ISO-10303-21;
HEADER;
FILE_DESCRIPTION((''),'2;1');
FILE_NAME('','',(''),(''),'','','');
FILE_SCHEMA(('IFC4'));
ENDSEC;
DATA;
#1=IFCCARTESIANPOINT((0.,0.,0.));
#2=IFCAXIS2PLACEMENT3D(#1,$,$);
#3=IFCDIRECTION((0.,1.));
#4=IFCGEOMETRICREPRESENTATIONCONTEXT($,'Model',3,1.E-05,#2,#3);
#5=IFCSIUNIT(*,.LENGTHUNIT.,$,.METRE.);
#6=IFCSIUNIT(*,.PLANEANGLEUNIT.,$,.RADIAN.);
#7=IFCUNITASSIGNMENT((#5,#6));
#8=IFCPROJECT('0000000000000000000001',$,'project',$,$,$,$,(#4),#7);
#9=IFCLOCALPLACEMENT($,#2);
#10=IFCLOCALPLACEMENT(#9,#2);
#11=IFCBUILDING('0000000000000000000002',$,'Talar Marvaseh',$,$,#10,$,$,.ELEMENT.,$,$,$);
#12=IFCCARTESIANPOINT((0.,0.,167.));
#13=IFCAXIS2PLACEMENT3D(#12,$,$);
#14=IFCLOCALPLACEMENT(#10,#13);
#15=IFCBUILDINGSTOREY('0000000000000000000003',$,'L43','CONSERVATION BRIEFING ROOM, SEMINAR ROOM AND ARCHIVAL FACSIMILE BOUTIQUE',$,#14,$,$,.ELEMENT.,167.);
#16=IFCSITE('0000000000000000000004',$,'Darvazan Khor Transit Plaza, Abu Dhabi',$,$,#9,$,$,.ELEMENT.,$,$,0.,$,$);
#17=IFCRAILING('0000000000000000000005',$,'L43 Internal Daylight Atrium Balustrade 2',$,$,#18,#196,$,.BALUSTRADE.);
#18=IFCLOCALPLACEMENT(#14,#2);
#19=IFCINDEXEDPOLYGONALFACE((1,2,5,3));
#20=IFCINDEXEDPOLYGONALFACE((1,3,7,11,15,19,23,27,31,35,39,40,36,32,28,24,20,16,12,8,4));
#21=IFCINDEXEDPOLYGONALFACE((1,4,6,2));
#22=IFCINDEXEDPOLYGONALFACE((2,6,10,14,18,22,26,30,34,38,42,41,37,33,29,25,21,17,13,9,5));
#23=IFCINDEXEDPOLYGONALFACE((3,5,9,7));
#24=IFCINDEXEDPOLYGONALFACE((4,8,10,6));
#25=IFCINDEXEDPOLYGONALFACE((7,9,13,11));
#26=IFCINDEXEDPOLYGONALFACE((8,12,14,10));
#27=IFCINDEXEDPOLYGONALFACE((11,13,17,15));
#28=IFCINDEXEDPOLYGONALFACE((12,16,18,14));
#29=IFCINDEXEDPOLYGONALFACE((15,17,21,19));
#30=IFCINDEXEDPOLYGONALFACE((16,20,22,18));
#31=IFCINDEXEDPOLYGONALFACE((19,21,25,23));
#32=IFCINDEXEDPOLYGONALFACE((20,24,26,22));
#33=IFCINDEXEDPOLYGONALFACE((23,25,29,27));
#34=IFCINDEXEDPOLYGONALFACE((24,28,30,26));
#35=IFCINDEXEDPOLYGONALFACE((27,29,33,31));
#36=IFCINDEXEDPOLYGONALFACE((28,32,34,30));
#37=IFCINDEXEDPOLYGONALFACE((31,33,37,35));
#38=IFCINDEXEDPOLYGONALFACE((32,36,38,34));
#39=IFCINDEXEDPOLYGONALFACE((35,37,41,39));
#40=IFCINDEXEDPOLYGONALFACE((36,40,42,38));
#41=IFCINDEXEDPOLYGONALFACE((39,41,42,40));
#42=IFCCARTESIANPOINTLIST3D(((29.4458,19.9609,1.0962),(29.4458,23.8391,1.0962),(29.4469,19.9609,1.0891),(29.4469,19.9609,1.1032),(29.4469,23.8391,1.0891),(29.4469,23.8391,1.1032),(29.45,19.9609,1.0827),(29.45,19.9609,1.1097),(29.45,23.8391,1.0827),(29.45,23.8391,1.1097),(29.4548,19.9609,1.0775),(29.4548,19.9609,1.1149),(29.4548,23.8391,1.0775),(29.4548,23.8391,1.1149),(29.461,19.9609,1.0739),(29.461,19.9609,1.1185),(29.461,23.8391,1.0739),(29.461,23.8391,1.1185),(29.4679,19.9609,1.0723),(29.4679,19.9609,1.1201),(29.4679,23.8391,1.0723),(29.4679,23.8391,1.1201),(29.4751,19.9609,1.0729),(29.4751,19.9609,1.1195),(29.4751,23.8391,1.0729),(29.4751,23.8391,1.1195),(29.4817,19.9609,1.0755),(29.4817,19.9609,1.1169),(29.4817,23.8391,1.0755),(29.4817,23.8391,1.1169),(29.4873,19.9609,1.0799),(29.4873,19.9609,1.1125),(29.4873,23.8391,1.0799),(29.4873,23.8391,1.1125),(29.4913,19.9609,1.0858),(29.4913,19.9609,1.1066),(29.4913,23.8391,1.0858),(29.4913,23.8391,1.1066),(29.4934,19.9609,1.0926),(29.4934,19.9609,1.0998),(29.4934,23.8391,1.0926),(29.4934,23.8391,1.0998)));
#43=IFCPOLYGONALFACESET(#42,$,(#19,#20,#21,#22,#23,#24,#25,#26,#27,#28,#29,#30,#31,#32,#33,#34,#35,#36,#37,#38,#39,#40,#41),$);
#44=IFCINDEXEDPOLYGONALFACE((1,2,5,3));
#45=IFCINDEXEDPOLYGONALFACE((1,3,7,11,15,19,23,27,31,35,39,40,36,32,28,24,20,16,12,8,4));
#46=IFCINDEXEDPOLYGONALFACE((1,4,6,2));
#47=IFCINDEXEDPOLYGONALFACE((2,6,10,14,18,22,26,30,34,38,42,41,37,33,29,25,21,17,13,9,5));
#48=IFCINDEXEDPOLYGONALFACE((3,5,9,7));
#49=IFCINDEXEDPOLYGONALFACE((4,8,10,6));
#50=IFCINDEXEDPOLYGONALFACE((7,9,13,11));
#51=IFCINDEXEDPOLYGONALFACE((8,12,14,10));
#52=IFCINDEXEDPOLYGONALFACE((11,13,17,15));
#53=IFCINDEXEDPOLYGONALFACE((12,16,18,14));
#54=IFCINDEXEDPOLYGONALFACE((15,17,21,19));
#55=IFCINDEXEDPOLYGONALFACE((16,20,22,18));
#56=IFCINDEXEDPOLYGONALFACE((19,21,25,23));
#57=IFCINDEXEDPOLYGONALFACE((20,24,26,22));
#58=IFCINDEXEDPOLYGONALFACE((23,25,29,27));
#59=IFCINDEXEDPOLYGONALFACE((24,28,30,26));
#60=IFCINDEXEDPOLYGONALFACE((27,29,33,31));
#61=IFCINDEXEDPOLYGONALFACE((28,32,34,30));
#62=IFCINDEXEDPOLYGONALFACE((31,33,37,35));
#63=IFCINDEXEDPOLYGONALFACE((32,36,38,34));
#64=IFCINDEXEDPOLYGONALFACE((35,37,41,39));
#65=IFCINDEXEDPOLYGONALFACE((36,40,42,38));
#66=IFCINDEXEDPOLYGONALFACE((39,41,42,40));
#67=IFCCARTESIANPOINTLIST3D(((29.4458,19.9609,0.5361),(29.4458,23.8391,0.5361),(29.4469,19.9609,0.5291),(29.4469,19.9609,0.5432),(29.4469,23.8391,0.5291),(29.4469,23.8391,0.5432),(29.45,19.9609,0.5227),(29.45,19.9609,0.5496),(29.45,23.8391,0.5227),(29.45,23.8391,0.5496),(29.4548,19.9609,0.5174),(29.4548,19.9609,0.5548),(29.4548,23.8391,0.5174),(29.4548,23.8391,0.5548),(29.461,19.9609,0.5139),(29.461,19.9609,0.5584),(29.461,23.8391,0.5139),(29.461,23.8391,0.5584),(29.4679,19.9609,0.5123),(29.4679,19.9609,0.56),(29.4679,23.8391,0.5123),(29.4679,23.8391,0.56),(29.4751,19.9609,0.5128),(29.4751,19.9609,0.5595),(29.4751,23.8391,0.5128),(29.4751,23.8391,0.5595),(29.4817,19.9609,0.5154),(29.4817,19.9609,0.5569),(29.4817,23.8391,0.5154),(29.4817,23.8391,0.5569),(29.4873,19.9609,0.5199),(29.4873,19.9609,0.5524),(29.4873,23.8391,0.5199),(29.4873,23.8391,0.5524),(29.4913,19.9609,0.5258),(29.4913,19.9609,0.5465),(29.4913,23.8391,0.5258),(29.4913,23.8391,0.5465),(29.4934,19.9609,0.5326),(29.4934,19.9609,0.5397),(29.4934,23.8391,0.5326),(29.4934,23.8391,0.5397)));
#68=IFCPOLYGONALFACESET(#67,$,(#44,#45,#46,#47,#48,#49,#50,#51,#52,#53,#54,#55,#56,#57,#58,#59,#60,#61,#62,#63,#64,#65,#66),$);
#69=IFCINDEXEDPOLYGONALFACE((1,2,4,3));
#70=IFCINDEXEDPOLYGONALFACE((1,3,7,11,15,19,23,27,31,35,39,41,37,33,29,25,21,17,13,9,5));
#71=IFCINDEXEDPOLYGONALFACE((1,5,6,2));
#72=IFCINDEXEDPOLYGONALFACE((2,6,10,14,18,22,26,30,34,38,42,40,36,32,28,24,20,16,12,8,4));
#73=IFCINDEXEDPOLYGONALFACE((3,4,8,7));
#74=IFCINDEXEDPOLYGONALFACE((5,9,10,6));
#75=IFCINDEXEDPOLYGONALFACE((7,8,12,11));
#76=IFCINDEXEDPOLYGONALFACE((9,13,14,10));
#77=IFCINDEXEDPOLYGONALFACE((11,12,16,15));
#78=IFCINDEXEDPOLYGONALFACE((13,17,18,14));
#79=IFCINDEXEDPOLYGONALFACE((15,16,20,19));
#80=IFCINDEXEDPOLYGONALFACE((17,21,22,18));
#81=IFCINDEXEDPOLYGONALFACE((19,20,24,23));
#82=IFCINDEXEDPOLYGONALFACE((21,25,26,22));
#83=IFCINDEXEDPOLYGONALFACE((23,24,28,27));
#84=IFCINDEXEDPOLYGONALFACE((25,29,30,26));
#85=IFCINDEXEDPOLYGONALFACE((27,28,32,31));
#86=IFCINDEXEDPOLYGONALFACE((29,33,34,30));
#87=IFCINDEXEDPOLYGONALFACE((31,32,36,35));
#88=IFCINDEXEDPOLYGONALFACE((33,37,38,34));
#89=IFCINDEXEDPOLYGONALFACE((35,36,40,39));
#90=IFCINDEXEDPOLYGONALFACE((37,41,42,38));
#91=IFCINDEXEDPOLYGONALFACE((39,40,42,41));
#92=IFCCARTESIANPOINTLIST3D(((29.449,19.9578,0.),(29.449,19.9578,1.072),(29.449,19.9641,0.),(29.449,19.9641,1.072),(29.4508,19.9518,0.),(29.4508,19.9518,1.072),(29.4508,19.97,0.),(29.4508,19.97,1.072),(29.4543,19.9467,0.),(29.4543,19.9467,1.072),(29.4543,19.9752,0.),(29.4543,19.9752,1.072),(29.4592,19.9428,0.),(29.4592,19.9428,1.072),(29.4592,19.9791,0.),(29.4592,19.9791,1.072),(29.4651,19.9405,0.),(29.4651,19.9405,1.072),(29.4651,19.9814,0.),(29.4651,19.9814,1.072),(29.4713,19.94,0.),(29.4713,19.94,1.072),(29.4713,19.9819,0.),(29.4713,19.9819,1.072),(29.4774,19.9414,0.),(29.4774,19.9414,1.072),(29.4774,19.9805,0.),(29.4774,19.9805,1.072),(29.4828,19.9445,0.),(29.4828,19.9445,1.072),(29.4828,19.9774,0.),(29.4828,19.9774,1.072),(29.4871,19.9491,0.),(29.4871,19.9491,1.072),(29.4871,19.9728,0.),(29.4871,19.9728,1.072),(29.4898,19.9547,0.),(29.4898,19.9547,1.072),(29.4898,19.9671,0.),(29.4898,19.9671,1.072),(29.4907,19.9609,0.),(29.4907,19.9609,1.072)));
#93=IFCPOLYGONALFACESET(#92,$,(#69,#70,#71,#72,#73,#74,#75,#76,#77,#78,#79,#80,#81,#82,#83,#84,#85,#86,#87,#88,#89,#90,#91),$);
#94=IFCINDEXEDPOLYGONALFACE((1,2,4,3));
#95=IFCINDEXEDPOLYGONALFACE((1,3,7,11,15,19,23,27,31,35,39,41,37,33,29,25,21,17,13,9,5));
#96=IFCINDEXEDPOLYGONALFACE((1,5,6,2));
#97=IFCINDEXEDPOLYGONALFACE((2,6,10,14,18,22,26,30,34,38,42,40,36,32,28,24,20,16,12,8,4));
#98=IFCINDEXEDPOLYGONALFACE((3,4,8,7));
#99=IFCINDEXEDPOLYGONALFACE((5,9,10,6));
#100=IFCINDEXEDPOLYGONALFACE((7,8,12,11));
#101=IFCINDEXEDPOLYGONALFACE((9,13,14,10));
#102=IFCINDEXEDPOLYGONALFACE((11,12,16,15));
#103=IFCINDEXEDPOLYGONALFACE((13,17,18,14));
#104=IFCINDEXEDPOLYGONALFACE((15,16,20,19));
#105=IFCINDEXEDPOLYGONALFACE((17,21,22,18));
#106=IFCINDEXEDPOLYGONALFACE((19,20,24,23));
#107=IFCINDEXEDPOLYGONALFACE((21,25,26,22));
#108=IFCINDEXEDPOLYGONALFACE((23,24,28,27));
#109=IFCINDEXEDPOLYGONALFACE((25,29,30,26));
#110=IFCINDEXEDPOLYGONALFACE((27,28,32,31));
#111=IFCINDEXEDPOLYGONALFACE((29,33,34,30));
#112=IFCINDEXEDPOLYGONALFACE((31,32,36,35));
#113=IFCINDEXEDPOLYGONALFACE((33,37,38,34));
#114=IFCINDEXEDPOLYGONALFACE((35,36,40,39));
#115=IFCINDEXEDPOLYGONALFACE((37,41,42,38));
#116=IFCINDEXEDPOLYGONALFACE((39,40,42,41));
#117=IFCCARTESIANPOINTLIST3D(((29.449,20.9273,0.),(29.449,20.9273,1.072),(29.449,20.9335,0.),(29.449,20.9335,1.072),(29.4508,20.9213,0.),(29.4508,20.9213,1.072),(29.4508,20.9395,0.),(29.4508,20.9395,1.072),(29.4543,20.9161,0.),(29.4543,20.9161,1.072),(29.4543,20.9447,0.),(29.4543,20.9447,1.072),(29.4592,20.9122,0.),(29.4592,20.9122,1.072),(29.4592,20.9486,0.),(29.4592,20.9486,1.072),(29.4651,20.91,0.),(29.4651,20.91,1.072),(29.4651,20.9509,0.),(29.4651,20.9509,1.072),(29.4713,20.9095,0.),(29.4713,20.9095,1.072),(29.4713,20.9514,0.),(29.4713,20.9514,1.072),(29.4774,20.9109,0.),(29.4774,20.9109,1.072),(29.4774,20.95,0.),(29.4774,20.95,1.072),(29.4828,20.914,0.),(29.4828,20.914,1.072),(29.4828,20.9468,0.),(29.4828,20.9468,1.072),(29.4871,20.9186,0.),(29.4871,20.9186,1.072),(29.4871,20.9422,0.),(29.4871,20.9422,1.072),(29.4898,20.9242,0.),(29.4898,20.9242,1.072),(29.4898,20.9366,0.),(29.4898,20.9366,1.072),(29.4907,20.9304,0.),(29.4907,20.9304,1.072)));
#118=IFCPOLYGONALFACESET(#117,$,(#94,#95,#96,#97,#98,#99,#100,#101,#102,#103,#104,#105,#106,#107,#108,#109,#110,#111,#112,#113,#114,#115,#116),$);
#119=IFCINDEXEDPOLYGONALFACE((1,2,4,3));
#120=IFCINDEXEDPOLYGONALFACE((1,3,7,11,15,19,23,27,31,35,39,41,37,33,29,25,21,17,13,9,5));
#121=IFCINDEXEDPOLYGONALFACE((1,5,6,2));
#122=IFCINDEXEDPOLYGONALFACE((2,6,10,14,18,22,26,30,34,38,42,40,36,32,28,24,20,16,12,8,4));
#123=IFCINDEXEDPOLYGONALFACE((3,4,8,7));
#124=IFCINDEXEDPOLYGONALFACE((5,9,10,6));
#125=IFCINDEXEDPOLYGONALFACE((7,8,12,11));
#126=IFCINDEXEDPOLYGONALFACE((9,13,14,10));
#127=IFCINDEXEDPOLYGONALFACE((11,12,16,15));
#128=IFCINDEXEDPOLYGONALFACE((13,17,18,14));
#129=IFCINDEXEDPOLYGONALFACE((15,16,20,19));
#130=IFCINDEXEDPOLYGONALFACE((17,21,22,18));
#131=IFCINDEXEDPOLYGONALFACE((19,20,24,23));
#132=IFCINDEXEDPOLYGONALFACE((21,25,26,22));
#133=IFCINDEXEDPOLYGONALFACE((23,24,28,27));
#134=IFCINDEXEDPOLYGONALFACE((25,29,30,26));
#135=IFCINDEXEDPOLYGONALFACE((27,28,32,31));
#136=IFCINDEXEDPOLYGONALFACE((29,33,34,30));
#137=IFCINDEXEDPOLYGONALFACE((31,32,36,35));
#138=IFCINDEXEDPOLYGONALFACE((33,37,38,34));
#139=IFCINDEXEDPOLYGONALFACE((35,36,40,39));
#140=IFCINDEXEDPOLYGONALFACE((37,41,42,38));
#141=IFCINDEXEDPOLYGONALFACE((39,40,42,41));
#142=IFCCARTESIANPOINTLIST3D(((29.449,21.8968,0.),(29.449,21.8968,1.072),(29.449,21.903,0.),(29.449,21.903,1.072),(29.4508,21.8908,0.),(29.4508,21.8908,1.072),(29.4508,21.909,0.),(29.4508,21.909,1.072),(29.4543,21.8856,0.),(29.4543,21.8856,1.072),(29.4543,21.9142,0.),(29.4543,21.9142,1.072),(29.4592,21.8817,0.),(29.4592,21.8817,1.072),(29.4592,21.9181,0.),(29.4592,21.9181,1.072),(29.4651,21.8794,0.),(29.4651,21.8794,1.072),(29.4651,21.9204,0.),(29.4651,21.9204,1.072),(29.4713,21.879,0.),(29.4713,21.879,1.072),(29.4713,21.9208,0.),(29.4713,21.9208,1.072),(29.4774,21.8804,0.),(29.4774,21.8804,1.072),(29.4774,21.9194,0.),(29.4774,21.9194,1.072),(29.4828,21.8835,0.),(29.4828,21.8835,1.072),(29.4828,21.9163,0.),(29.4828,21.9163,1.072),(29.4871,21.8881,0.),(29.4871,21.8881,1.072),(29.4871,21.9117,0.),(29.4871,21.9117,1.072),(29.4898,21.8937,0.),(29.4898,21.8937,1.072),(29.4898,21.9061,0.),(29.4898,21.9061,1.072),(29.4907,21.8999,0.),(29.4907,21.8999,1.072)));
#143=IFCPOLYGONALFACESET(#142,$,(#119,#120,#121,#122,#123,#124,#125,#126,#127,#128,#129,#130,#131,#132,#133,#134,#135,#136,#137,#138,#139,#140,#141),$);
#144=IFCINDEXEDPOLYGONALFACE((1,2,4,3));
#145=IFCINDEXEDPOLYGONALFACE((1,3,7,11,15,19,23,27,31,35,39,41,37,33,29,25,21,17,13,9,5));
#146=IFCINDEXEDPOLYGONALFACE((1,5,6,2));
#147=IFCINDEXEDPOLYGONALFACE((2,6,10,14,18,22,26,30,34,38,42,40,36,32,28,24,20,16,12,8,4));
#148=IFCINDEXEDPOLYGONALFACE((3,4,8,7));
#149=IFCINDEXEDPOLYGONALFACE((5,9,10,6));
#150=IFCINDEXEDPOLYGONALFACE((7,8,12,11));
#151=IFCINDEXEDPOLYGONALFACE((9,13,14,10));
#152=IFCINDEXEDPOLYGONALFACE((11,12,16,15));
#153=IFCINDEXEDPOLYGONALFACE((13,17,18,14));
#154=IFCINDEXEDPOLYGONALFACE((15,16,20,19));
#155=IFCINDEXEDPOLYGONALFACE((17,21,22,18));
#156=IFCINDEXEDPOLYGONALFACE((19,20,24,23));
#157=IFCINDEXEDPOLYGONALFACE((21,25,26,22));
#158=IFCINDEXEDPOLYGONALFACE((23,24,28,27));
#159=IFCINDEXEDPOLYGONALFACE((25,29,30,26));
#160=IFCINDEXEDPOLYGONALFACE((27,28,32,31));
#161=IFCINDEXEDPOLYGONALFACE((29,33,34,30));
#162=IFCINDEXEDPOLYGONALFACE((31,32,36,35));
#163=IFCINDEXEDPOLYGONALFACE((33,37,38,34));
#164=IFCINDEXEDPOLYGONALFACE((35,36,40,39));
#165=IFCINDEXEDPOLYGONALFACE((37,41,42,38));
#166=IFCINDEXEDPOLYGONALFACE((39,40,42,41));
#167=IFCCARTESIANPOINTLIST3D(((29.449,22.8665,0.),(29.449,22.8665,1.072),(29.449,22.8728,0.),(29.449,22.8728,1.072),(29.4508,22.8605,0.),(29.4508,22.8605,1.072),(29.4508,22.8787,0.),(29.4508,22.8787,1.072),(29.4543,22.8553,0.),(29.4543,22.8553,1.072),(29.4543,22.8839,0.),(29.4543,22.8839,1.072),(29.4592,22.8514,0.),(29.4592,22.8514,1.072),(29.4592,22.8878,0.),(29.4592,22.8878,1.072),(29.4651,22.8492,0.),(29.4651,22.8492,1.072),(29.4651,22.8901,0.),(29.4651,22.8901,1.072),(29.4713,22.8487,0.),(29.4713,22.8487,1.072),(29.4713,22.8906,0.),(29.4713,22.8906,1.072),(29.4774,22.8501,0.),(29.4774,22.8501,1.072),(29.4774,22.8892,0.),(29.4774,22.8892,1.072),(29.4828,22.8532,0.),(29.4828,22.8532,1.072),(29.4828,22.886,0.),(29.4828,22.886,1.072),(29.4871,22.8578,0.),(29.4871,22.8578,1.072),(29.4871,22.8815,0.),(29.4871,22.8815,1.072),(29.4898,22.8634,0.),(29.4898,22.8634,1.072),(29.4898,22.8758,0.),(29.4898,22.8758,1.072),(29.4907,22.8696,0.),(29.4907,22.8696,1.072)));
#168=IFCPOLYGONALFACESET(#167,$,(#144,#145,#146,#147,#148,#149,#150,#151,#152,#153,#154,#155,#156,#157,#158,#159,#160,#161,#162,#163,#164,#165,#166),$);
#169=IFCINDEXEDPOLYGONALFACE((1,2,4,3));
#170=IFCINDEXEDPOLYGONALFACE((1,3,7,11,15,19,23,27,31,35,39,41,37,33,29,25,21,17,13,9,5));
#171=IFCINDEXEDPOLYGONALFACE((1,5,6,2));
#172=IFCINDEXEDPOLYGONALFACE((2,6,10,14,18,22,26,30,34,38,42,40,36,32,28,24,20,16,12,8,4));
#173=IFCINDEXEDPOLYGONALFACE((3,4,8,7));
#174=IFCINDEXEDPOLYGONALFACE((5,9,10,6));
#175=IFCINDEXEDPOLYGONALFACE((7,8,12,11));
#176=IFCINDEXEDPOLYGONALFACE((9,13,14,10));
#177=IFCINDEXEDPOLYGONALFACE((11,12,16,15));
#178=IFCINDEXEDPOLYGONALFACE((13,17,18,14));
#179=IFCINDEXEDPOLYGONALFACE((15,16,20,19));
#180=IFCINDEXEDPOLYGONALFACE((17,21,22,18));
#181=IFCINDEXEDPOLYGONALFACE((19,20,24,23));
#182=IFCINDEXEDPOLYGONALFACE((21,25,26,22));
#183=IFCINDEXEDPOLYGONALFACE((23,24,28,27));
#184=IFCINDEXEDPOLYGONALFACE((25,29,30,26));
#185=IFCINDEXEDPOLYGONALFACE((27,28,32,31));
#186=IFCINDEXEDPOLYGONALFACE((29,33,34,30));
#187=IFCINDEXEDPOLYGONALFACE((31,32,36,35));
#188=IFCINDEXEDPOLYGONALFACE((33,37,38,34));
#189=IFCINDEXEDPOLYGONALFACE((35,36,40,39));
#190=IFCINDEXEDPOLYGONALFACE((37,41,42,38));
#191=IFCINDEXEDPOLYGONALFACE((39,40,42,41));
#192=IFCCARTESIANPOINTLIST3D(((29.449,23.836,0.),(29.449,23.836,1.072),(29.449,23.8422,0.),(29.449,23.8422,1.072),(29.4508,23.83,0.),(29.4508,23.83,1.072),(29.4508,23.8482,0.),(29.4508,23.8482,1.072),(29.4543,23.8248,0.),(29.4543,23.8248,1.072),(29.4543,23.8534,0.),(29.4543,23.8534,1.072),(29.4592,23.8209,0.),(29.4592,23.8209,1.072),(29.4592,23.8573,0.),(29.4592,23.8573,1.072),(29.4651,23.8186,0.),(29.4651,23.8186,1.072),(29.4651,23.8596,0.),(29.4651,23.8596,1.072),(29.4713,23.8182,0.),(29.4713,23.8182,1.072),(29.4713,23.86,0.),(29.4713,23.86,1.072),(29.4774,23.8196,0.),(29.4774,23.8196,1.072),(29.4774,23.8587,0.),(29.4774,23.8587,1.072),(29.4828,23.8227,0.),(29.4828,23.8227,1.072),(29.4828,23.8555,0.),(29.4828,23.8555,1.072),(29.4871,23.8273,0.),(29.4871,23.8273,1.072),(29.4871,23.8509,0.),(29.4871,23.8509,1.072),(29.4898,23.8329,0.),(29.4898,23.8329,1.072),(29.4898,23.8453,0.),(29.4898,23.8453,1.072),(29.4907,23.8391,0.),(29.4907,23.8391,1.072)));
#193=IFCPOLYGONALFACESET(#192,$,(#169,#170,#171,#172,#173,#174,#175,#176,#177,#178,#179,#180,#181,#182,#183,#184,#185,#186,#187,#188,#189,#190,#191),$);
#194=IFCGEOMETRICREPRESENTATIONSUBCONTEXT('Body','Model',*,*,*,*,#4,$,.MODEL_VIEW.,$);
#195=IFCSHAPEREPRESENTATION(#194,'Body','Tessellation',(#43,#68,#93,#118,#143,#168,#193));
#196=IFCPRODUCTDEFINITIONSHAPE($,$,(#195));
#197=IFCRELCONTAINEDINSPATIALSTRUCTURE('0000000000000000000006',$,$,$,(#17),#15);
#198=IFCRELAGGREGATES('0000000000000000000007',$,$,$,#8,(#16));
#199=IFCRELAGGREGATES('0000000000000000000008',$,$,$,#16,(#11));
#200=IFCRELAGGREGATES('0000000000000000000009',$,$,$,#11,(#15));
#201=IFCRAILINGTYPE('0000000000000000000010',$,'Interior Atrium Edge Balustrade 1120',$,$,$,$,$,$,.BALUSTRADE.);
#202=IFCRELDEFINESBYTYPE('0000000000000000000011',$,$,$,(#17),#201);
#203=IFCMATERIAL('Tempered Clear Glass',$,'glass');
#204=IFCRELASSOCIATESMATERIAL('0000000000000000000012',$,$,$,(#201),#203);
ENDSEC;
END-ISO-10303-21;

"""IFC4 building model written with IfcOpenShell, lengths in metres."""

from ifc_helpers import new_model, si_unit, direction, frame, origin, origin_2d, place, context, subcontext, project, spatial, circle, extrude, material, type_object, element, save


model = new_model("IFC4")

# Units and contexts
model_context = context("Model", 3, precision=1e-05, world=origin(), true_north=direction((0.0, 1.0)))
body_context = subcontext(model_context, "Body", "Model", "MODEL_VIEW")
ifc_project = project(units=[si_unit("LENGTHUNIT", "METRE"), si_unit("PLANEANGLEUNIT", "RADIAN")], contexts=[model_context])

# Site, building, storey
site_placement = place(None, origin())
site = spatial("IfcSite", under=ifc_project, at=site_placement, Name="Darvazan Khor Transit Plaza, Abu Dhabi", CompositionType="ELEMENT", RefElevation=0.0)
building_placement = place(site_placement, origin())
building = spatial("IfcBuilding", under=site, at=building_placement, Name="Talar Marvaseh", CompositionType="ELEMENT")
storey_placement = place(building_placement, frame((0.0, 0.0, 167.0)))
storey = spatial("IfcBuildingStorey", under=building, at=storey_placement, Name="L43", Description="CONSERVATION BRIEFING ROOM, SEMINAR ROOM AND ARCHIVAL FACSIMILE BOUTIQUE", CompositionType="ELEMENT", Elevation=167.0)

# Railing
ifc_material_1 = material(Name="Tempered Clear Glass", Category="glass")
railing_type = type_object("IfcRailingType", Name="Interior Atrium Edge Balustrade 1120", PredefinedType="BALUSTRADE", material=ifc_material_1)
railing_1_placement = place(storey_placement, frame((29.4697, 19.9609, 0.0)))
element("IfcRailing", 1, at=railing_1_placement, inside=storey, type_object=railing_type, Name="L43 Internal Daylight Atrium Balustrade 2", PredefinedType="BALUSTRADE", context=body_context, shape_type="SweptSolid", body=[
    extrude(circle(Radius=0.0239, at=origin_2d()), frame((0.0, 0.0, 1.0962), z_axis=(0.0, 1.0, 0.0), x_axis=(-1.0, 0.0, 0.0)), (0.0, 0.0, 1.0), 3.8782),
    extrude(circle(Radius=0.0239, at=origin_2d()), frame((0.0, 0.0, 0.5361), z_axis=(0.0, 1.0, 0.0), x_axis=(-1.0, 0.0, 0.0)), (0.0, 0.0, 1.0), 3.8782),
    extrude(circle(Radius=0.021, at=origin_2d()), origin(), (0.0, 0.0, 1.0), 1.072),
    extrude(circle(Radius=0.021, at=origin_2d()), frame((0.0, 0.9695, 0.0)), (0.0, 0.0, 1.0), 1.072),
    extrude(circle(Radius=0.021, at=origin_2d()), frame((0.0, 1.939, 0.0)), (0.0, 0.0, 1.0), 1.072),
    extrude(circle(Radius=0.021, at=origin_2d()), frame((0.0, 2.9087, 0.0)), (0.0, 0.0, 1.0), 1.072),
    extrude(circle(Radius=0.021, at=origin_2d()), frame((0.0, 3.8782, 0.0)), (0.0, 0.0, 1.0), 1.072),
])

save(model, "model.ifc")
